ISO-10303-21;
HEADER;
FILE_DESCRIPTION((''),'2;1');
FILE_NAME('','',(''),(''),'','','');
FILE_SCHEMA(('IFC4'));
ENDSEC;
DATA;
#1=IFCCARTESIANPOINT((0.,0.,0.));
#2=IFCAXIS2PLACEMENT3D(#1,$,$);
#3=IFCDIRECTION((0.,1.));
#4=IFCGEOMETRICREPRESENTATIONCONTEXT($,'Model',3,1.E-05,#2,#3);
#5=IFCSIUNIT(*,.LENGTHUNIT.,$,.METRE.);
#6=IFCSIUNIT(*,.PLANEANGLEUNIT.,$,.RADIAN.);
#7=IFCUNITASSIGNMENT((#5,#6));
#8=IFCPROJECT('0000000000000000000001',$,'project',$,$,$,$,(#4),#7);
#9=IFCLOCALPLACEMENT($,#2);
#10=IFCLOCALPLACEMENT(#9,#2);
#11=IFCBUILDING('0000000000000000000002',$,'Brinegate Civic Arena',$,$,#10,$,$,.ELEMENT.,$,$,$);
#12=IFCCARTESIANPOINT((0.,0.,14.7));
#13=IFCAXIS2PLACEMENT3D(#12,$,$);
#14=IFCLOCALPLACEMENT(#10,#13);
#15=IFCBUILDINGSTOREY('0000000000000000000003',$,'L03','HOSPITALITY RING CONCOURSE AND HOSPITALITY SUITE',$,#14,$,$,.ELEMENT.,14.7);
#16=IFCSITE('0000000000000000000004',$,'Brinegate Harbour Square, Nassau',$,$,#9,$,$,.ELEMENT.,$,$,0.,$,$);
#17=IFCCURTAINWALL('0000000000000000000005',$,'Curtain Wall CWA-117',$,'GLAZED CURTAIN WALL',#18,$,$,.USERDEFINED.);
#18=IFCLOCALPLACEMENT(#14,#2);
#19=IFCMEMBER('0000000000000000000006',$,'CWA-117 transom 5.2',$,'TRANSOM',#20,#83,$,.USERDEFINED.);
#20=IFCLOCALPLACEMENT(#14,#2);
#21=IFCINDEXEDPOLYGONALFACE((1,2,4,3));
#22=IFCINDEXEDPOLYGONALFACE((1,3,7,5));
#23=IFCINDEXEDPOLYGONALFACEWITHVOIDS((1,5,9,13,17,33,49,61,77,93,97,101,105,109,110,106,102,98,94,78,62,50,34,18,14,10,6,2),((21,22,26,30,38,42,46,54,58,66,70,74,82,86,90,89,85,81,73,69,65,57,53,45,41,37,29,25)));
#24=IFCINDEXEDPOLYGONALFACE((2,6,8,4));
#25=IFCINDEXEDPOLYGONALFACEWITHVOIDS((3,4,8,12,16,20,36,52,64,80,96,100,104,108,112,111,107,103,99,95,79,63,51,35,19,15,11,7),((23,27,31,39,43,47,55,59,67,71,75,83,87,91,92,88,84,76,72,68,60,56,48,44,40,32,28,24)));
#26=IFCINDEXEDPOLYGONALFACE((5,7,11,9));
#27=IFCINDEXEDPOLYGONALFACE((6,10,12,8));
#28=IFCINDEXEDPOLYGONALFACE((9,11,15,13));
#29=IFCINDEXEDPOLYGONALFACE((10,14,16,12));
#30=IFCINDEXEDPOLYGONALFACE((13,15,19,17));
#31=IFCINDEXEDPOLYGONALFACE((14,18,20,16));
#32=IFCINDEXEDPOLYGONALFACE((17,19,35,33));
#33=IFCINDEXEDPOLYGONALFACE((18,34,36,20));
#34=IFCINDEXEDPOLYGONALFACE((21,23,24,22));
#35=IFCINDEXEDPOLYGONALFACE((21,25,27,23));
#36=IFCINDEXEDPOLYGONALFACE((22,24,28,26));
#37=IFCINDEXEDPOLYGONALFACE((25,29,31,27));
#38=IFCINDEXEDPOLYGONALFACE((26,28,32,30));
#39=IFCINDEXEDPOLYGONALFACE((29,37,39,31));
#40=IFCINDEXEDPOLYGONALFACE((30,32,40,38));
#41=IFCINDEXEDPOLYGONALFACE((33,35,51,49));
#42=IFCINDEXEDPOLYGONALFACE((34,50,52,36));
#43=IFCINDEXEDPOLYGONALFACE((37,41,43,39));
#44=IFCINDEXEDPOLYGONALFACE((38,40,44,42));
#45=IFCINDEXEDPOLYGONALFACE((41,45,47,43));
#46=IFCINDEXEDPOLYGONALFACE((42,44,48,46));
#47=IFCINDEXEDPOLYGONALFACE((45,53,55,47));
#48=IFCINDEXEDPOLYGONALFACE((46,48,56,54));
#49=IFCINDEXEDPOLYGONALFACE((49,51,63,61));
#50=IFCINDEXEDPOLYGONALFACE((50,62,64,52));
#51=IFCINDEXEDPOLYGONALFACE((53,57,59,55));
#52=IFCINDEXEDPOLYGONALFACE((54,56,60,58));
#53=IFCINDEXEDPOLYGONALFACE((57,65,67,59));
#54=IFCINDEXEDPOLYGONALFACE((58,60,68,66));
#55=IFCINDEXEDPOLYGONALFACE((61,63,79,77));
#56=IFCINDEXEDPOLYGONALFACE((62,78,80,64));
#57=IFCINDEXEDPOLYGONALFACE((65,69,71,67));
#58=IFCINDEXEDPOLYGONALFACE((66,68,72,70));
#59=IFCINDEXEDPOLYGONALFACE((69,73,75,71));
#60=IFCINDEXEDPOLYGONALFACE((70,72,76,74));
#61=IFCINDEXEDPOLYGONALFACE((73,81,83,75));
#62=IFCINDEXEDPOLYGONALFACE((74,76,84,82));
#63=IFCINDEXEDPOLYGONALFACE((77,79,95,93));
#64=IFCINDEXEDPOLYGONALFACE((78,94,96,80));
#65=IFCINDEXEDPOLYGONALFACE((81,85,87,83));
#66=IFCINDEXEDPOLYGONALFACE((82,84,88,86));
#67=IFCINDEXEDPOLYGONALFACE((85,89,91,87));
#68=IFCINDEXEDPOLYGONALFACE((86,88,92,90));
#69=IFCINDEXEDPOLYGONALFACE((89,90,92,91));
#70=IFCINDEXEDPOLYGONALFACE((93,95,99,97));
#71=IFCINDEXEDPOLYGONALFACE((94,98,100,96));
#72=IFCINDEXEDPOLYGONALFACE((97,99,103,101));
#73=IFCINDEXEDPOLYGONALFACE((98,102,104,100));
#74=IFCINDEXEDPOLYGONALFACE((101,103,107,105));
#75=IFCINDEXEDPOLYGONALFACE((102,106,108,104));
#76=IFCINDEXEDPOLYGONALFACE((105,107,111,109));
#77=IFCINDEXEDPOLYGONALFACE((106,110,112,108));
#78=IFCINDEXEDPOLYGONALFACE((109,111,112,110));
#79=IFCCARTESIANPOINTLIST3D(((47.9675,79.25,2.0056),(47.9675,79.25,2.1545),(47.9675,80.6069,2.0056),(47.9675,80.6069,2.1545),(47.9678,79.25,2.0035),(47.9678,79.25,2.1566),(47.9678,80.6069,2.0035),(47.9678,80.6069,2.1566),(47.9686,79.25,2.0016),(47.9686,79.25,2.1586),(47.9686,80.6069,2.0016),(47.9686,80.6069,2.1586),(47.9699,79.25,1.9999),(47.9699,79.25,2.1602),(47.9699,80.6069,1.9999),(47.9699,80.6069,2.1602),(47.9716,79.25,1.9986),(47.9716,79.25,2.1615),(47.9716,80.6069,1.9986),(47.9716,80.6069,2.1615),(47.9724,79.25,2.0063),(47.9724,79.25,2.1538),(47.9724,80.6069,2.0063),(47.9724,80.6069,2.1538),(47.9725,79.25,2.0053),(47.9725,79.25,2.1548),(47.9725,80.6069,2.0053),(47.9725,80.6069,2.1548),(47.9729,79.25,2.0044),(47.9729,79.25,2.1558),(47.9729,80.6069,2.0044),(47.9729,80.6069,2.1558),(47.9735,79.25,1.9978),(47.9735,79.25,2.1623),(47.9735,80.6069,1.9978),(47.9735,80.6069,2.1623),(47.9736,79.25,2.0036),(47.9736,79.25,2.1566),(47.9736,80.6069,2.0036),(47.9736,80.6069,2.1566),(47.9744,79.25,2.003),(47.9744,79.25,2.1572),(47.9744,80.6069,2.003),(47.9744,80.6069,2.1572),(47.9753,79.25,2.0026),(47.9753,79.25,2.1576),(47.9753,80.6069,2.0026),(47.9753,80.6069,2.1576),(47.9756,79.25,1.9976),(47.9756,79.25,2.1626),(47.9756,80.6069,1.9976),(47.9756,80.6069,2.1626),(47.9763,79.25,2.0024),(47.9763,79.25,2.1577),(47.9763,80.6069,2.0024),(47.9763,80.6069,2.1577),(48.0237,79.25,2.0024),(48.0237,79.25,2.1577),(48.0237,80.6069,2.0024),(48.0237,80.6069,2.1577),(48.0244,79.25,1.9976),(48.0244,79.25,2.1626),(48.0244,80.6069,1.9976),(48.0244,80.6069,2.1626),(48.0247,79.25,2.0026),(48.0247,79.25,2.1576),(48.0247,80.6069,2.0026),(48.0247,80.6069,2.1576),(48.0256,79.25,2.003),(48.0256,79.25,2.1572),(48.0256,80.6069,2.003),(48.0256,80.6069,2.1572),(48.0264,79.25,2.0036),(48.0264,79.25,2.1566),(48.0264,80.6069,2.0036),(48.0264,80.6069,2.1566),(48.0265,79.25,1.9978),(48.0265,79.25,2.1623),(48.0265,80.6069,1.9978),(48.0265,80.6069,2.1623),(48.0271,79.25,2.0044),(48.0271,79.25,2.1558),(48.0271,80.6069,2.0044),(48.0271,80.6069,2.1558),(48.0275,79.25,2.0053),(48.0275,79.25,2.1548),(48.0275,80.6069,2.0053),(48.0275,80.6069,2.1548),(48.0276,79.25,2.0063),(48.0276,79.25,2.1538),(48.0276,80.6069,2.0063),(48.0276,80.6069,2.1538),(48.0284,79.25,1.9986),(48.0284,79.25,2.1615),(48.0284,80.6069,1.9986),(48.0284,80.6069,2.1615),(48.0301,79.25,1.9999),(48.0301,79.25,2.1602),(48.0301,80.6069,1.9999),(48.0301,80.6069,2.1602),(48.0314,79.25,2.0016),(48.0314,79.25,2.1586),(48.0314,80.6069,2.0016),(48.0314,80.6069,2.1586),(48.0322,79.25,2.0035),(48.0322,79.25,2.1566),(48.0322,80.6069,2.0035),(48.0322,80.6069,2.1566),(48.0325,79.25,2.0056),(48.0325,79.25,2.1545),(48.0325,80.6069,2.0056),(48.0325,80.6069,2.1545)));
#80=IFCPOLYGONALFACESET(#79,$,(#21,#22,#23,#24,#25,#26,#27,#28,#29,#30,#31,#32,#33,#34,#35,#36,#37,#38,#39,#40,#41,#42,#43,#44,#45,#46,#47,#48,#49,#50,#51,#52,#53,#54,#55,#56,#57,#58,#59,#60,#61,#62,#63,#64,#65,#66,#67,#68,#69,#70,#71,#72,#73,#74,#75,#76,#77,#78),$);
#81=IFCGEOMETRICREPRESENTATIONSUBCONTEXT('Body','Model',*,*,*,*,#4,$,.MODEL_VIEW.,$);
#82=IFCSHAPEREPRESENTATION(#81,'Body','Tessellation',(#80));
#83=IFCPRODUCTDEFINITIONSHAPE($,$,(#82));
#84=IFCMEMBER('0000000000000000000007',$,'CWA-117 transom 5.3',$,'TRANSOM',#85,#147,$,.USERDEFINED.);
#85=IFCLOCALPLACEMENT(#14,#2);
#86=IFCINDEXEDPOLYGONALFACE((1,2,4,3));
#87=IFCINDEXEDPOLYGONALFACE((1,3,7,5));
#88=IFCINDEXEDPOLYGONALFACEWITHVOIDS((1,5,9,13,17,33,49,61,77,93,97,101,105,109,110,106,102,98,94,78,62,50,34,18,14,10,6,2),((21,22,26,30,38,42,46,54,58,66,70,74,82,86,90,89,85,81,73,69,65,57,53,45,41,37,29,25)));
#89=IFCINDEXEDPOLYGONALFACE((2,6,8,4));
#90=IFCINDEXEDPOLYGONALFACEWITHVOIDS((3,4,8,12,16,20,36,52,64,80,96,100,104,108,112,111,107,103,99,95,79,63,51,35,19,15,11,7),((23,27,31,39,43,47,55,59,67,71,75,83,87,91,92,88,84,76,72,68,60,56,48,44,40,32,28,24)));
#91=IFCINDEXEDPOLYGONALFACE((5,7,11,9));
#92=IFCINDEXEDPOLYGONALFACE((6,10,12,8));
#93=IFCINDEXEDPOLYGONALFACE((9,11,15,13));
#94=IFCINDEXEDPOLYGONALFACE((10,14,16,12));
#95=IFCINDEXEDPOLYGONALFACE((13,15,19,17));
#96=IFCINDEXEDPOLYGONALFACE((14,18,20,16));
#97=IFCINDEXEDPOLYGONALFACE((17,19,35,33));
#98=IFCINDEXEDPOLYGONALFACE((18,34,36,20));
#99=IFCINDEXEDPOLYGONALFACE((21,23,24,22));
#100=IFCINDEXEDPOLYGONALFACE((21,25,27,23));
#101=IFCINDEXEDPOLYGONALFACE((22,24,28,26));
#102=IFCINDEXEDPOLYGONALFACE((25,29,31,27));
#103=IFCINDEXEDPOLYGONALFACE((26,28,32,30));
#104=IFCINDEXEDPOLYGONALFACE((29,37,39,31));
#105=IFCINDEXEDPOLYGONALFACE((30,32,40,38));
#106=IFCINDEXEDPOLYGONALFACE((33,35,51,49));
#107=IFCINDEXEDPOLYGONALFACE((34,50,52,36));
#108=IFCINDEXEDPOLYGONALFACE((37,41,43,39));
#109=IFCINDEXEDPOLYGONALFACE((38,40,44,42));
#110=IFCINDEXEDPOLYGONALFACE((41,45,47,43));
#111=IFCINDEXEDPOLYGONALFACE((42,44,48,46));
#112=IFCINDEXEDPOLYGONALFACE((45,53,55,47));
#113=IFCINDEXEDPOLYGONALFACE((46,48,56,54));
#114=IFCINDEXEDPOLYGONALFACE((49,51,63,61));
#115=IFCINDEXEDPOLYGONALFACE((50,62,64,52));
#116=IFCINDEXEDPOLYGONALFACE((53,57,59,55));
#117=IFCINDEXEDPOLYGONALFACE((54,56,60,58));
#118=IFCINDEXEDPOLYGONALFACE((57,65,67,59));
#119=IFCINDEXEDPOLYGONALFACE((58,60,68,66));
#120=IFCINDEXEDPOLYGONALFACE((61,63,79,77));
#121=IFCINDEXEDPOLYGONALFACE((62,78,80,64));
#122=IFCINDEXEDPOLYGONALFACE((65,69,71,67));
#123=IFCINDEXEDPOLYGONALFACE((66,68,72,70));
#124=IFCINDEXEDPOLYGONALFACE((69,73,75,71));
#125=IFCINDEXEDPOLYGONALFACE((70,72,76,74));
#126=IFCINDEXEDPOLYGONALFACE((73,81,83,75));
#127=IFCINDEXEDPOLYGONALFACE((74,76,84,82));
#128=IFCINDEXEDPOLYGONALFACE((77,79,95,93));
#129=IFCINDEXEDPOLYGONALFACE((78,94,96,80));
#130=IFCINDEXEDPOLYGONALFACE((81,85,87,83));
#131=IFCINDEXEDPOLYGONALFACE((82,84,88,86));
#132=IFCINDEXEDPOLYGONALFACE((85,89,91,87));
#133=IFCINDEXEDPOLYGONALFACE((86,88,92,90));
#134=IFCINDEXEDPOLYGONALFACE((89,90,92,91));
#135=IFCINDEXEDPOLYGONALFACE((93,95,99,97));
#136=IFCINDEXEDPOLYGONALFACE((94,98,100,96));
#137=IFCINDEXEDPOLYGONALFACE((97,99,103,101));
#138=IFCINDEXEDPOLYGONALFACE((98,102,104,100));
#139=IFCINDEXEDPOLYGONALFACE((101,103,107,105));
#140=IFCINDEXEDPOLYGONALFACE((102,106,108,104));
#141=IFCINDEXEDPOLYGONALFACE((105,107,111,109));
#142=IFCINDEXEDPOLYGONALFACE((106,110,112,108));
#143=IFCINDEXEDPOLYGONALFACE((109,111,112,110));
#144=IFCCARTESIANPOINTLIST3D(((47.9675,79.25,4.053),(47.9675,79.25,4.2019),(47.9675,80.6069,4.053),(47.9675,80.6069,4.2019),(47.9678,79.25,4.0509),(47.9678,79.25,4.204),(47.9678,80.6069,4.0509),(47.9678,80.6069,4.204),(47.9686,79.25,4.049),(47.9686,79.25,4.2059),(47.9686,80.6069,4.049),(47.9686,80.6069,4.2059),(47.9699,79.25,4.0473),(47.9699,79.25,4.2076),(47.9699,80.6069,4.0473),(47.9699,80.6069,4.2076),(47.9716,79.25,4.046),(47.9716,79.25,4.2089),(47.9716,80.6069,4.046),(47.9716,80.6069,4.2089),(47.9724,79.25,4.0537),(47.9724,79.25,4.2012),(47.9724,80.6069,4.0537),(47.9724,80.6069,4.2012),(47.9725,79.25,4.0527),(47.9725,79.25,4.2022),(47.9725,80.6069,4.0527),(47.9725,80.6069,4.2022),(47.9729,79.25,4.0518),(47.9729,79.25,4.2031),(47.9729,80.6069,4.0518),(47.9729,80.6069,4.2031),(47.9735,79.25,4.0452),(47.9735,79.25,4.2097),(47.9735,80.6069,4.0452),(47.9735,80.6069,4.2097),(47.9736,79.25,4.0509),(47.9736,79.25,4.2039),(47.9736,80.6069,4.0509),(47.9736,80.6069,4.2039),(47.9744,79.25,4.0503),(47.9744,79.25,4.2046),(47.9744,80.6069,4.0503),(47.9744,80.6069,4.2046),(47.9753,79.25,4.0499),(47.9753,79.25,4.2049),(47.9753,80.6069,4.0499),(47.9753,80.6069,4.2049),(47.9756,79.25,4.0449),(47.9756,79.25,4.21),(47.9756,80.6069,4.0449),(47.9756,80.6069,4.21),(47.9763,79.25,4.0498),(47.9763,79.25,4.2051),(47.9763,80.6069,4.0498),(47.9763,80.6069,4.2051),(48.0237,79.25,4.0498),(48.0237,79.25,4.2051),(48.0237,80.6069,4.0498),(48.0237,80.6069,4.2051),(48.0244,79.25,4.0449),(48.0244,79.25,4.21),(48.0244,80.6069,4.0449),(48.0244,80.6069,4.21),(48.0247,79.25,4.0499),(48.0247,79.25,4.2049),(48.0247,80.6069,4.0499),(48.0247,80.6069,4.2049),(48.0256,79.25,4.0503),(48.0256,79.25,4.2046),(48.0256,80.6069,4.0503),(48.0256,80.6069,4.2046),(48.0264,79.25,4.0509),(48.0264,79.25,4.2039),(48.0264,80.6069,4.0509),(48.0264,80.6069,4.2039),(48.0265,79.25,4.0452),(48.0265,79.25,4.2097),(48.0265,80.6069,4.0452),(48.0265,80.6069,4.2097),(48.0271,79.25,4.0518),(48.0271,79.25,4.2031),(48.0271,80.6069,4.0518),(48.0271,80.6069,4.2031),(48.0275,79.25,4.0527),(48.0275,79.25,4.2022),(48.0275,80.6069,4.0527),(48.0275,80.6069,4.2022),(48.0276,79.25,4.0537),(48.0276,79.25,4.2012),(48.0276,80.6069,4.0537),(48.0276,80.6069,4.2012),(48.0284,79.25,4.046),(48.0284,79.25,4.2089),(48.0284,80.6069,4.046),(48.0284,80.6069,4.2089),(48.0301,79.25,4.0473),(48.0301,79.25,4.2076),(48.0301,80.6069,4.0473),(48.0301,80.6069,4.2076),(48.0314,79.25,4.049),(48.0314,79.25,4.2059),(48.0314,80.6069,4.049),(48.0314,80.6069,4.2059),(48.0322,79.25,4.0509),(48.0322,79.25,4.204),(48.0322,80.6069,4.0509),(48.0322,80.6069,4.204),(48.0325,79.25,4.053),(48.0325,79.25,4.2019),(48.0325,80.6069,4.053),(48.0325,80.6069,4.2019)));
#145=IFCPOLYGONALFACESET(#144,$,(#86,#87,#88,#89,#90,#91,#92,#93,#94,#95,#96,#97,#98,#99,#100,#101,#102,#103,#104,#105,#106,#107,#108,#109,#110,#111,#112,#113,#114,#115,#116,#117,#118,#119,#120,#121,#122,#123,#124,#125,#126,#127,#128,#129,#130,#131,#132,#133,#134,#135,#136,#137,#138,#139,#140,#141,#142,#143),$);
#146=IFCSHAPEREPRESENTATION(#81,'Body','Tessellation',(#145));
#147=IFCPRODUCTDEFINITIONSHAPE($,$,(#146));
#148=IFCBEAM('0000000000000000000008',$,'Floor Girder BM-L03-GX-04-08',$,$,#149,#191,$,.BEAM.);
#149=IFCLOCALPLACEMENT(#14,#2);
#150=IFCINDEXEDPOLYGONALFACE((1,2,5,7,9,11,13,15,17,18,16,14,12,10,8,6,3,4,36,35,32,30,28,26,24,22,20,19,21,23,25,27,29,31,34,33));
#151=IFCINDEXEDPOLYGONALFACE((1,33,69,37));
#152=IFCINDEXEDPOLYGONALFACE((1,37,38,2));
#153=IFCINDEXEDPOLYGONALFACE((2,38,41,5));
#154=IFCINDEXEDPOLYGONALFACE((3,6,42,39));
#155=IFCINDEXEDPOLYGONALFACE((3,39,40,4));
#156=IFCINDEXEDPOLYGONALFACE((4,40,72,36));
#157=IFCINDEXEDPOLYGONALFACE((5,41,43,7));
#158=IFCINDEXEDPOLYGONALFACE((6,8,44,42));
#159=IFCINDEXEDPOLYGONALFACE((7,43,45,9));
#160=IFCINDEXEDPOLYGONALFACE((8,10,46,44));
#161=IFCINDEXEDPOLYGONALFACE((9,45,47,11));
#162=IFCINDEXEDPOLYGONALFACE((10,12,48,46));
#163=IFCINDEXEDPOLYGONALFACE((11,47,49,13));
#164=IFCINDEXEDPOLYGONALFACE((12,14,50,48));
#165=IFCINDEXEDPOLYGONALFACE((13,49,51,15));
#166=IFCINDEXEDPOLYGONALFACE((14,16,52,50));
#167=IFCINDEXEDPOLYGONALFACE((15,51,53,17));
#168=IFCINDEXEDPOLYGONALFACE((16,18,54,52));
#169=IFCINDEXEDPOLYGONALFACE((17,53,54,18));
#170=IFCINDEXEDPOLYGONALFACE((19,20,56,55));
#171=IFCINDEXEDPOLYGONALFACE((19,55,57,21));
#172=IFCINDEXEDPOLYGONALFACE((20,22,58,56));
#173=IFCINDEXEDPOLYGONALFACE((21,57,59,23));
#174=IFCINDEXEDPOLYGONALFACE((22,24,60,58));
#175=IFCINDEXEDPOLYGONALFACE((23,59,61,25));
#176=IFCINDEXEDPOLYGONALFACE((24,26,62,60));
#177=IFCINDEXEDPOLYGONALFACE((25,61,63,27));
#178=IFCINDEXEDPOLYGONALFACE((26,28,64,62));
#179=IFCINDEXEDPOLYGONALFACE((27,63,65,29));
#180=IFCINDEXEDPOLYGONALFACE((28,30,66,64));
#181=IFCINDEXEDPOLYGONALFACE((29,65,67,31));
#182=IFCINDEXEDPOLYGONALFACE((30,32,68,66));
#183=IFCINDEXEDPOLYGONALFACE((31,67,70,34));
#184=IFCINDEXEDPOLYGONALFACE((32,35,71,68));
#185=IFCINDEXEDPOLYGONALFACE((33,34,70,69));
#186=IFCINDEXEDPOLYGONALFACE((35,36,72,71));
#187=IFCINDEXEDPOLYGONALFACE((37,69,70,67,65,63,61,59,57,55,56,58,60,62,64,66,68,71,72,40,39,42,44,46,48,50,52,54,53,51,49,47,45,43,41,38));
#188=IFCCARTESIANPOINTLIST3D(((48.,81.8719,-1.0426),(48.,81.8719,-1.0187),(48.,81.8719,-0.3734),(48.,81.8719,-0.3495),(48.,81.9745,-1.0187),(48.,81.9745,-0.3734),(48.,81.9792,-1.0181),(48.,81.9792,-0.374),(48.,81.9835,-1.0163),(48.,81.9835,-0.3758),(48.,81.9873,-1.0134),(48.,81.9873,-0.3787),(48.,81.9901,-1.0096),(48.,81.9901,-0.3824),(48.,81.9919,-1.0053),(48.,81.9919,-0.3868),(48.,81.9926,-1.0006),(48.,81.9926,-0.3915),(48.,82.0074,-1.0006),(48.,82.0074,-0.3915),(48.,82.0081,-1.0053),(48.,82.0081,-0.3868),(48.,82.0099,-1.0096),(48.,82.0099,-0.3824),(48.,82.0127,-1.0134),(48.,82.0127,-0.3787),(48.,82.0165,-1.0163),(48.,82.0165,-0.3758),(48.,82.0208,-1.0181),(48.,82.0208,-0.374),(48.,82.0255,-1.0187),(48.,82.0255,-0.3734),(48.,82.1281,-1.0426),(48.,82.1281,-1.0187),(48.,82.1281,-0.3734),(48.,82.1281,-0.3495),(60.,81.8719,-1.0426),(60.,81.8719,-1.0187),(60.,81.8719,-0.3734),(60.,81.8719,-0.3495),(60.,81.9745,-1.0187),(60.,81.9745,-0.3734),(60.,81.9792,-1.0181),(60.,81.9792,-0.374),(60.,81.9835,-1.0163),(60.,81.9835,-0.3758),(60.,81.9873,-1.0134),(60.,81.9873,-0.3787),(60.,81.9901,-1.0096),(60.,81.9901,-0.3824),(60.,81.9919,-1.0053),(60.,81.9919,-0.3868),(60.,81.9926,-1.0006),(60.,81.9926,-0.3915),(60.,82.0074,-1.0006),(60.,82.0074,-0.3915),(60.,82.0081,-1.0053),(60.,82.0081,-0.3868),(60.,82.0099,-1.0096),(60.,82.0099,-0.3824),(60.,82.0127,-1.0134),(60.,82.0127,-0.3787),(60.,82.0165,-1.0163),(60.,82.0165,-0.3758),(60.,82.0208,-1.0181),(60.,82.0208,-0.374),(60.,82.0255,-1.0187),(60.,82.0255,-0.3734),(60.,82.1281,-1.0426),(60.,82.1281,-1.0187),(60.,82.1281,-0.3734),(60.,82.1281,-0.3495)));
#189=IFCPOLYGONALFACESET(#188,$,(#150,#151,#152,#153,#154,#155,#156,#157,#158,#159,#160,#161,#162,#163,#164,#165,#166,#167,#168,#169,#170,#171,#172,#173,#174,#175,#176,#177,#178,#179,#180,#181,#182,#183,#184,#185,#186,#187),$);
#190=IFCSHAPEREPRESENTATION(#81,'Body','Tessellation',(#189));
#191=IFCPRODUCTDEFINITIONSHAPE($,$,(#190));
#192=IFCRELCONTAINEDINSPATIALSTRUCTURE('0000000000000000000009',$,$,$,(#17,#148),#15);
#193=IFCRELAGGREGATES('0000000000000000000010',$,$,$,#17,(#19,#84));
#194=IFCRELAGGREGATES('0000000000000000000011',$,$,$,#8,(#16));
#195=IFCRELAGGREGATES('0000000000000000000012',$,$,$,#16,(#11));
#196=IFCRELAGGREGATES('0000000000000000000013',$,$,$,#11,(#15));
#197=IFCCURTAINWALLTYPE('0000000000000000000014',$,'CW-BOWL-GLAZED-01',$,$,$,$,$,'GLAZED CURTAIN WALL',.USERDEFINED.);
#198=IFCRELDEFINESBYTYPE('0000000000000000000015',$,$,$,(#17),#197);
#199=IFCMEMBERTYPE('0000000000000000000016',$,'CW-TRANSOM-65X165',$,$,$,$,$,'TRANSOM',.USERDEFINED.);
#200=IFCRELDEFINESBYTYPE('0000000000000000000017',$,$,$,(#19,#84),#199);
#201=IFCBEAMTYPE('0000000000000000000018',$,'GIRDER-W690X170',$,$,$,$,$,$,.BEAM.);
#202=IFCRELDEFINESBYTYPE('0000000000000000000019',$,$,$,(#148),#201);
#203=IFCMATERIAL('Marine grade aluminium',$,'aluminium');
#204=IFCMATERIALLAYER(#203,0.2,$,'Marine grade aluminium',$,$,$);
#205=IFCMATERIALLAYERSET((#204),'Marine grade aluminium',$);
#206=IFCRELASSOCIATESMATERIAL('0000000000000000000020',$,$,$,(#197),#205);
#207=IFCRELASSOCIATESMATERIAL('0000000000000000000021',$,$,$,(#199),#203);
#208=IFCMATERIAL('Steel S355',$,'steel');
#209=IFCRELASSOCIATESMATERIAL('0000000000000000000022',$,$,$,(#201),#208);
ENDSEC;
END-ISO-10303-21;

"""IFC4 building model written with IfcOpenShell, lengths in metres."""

from ifc_helpers import new_model, si_unit, direction, frame, origin, origin_2d, place, context, subcontext, project, spatial, hollow_rectangle, i_section, extrude, material, layer, layer_set, material_profile, profile_set, type_object, element, aggregate, save


model = new_model("IFC4")

# Units and contexts
model_context = context("Model", 3, precision=1e-05, world=origin(), true_north=direction((0.0, 1.0)))
body_context = subcontext(model_context, "Body", "Model", "MODEL_VIEW")
ifc_project = project(units=[si_unit("LENGTHUNIT", "METRE"), si_unit("PLANEANGLEUNIT", "RADIAN")], contexts=[model_context])

# Site, building, storey
site_placement = place(None, origin())
site = spatial("IfcSite", under=ifc_project, at=site_placement, Name="Brinegate Harbour Square, Nassau", CompositionType="ELEMENT", RefElevation=0.0)
building_placement = place(site_placement, origin())
building = spatial("IfcBuilding", under=site, at=building_placement, Name="Brinegate Civic Arena", CompositionType="ELEMENT")
storey_placement = place(building_placement, frame((0.0, 0.0, 14.7)))
storey = spatial("IfcBuildingStorey", under=building, at=storey_placement, Name="L03", Description="HOSPITALITY RING CONCOURSE AND HOSPITALITY SUITE", CompositionType="ELEMENT", Elevation=14.7)

# Curtain wall
ifc_material_1 = material(Name="Marine grade aluminium", Category="aluminium")
ifc_layer_1 = layer(ifc_material_1, 0.2, Name="Marine grade aluminium")
ifc_layer_set_1 = layer_set([ifc_layer_1], Name="Marine grade aluminium")
curtain_wall_type = type_object("IfcCurtainWallType", Name="CW-BOWL-GLAZED-01", ElementType="GLAZED CURTAIN WALL", PredefinedType="USERDEFINED", material=ifc_layer_set_1)
curtain_wall_1_placement = place(storey_placement, origin())
curtain_wall_1 = element("IfcCurtainWall", 1, at=curtain_wall_1_placement, inside=storey, type_object=curtain_wall_type, Name="Curtain Wall CWA-117", ObjectType="GLAZED CURTAIN WALL", PredefinedType="USERDEFINED")

# Members
ifc_material_profile_1 = material_profile(ifc_material_1, hollow_rectangle(XDim=0.0649, YDim=0.165, WallThickness=0.0049, InnerFilletRadius=0.0039, OuterFilletRadius=0.0081, at=origin_2d()), Name="TRN65X165")
ifc_profile_set_1 = profile_set([ifc_material_profile_1], Name="Marine grade aluminium")
member_type_1 = type_object("IfcMemberType", Name="CW-TRANSOM-65X165", ElementType="TRANSOM", PredefinedType="USERDEFINED", material=ifc_profile_set_1)
member_1_placement = place(storey_placement, frame((48.0, 79.25, 2.0801), z_axis=(0.0, 1.0, 0.0), x_axis=(-1.0, 0.0, 0.0)))
member_1 = element("IfcMember", 2, at=member_1_placement, type_object=member_type_1, Name="CWA-117 transom 5.2", ObjectType="TRANSOM", PredefinedType="USERDEFINED", context=body_context, shape_type="SweptSolid", body=[
    extrude(hollow_rectangle(XDim=0.0649, YDim=0.165, WallThickness=0.0049, InnerFilletRadius=0.0039, OuterFilletRadius=0.0081, at=origin_2d()), origin(), (0.0, 0.0, 1.0), 1.3569),
])
member_2_placement = place(storey_placement, frame((48.0, 79.25, 4.1274), z_axis=(0.0, 1.0, 0.0), x_axis=(-1.0, 0.0, 0.0)))
member_2 = element("IfcMember", 3, at=member_2_placement, type_object=member_type_1, Name="CWA-117 transom 5.3", ObjectType="TRANSOM", PredefinedType="USERDEFINED", context=body_context, shape_type="SweptSolid", body=[
    extrude(hollow_rectangle(XDim=0.0649, YDim=0.165, WallThickness=0.0049, InnerFilletRadius=0.0039, OuterFilletRadius=0.0081, at=origin_2d()), origin(), (0.0, 0.0, 1.0), 1.3569),
])

# Beam
ifc_material_2 = material(Name="Steel S355", Category="steel")
ifc_material_profile_2 = material_profile(ifc_material_2, i_section(OverallWidth=0.2561, OverallDepth=0.6931, WebThickness=0.0149, FlangeThickness=0.0239, FilletRadius=0.0181, at=origin_2d()), Name="W690X170")
ifc_profile_set_2 = profile_set([ifc_material_profile_2], Name="Steel S355")
beam_type_1 = type_object("IfcBeamType", Name="GIRDER-W690X170", PredefinedType="BEAM", material=ifc_profile_set_2)
beam_1_placement = place(storey_placement, frame((48.0, 82.0, -0.696), z_axis=(1.0, 0.0, 0.0), x_axis=(0.0, 1.0, 0.0)))
element("IfcBeam", 4, at=beam_1_placement, inside=storey, type_object=beam_type_1, Name="Floor Girder BM-L03-GX-04-08", PredefinedType="BEAM", context=body_context, shape_type="SweptSolid", body=[
    extrude(i_section(OverallWidth=0.2561, OverallDepth=0.6931, WebThickness=0.0149, FlangeThickness=0.0239, FilletRadius=0.0181, at=origin_2d()), origin(), (0.0, 0.0, 1.0), 12.0),
])

aggregate(curtain_wall_1, [member_1, member_2])

save(model, "model.ifc")
